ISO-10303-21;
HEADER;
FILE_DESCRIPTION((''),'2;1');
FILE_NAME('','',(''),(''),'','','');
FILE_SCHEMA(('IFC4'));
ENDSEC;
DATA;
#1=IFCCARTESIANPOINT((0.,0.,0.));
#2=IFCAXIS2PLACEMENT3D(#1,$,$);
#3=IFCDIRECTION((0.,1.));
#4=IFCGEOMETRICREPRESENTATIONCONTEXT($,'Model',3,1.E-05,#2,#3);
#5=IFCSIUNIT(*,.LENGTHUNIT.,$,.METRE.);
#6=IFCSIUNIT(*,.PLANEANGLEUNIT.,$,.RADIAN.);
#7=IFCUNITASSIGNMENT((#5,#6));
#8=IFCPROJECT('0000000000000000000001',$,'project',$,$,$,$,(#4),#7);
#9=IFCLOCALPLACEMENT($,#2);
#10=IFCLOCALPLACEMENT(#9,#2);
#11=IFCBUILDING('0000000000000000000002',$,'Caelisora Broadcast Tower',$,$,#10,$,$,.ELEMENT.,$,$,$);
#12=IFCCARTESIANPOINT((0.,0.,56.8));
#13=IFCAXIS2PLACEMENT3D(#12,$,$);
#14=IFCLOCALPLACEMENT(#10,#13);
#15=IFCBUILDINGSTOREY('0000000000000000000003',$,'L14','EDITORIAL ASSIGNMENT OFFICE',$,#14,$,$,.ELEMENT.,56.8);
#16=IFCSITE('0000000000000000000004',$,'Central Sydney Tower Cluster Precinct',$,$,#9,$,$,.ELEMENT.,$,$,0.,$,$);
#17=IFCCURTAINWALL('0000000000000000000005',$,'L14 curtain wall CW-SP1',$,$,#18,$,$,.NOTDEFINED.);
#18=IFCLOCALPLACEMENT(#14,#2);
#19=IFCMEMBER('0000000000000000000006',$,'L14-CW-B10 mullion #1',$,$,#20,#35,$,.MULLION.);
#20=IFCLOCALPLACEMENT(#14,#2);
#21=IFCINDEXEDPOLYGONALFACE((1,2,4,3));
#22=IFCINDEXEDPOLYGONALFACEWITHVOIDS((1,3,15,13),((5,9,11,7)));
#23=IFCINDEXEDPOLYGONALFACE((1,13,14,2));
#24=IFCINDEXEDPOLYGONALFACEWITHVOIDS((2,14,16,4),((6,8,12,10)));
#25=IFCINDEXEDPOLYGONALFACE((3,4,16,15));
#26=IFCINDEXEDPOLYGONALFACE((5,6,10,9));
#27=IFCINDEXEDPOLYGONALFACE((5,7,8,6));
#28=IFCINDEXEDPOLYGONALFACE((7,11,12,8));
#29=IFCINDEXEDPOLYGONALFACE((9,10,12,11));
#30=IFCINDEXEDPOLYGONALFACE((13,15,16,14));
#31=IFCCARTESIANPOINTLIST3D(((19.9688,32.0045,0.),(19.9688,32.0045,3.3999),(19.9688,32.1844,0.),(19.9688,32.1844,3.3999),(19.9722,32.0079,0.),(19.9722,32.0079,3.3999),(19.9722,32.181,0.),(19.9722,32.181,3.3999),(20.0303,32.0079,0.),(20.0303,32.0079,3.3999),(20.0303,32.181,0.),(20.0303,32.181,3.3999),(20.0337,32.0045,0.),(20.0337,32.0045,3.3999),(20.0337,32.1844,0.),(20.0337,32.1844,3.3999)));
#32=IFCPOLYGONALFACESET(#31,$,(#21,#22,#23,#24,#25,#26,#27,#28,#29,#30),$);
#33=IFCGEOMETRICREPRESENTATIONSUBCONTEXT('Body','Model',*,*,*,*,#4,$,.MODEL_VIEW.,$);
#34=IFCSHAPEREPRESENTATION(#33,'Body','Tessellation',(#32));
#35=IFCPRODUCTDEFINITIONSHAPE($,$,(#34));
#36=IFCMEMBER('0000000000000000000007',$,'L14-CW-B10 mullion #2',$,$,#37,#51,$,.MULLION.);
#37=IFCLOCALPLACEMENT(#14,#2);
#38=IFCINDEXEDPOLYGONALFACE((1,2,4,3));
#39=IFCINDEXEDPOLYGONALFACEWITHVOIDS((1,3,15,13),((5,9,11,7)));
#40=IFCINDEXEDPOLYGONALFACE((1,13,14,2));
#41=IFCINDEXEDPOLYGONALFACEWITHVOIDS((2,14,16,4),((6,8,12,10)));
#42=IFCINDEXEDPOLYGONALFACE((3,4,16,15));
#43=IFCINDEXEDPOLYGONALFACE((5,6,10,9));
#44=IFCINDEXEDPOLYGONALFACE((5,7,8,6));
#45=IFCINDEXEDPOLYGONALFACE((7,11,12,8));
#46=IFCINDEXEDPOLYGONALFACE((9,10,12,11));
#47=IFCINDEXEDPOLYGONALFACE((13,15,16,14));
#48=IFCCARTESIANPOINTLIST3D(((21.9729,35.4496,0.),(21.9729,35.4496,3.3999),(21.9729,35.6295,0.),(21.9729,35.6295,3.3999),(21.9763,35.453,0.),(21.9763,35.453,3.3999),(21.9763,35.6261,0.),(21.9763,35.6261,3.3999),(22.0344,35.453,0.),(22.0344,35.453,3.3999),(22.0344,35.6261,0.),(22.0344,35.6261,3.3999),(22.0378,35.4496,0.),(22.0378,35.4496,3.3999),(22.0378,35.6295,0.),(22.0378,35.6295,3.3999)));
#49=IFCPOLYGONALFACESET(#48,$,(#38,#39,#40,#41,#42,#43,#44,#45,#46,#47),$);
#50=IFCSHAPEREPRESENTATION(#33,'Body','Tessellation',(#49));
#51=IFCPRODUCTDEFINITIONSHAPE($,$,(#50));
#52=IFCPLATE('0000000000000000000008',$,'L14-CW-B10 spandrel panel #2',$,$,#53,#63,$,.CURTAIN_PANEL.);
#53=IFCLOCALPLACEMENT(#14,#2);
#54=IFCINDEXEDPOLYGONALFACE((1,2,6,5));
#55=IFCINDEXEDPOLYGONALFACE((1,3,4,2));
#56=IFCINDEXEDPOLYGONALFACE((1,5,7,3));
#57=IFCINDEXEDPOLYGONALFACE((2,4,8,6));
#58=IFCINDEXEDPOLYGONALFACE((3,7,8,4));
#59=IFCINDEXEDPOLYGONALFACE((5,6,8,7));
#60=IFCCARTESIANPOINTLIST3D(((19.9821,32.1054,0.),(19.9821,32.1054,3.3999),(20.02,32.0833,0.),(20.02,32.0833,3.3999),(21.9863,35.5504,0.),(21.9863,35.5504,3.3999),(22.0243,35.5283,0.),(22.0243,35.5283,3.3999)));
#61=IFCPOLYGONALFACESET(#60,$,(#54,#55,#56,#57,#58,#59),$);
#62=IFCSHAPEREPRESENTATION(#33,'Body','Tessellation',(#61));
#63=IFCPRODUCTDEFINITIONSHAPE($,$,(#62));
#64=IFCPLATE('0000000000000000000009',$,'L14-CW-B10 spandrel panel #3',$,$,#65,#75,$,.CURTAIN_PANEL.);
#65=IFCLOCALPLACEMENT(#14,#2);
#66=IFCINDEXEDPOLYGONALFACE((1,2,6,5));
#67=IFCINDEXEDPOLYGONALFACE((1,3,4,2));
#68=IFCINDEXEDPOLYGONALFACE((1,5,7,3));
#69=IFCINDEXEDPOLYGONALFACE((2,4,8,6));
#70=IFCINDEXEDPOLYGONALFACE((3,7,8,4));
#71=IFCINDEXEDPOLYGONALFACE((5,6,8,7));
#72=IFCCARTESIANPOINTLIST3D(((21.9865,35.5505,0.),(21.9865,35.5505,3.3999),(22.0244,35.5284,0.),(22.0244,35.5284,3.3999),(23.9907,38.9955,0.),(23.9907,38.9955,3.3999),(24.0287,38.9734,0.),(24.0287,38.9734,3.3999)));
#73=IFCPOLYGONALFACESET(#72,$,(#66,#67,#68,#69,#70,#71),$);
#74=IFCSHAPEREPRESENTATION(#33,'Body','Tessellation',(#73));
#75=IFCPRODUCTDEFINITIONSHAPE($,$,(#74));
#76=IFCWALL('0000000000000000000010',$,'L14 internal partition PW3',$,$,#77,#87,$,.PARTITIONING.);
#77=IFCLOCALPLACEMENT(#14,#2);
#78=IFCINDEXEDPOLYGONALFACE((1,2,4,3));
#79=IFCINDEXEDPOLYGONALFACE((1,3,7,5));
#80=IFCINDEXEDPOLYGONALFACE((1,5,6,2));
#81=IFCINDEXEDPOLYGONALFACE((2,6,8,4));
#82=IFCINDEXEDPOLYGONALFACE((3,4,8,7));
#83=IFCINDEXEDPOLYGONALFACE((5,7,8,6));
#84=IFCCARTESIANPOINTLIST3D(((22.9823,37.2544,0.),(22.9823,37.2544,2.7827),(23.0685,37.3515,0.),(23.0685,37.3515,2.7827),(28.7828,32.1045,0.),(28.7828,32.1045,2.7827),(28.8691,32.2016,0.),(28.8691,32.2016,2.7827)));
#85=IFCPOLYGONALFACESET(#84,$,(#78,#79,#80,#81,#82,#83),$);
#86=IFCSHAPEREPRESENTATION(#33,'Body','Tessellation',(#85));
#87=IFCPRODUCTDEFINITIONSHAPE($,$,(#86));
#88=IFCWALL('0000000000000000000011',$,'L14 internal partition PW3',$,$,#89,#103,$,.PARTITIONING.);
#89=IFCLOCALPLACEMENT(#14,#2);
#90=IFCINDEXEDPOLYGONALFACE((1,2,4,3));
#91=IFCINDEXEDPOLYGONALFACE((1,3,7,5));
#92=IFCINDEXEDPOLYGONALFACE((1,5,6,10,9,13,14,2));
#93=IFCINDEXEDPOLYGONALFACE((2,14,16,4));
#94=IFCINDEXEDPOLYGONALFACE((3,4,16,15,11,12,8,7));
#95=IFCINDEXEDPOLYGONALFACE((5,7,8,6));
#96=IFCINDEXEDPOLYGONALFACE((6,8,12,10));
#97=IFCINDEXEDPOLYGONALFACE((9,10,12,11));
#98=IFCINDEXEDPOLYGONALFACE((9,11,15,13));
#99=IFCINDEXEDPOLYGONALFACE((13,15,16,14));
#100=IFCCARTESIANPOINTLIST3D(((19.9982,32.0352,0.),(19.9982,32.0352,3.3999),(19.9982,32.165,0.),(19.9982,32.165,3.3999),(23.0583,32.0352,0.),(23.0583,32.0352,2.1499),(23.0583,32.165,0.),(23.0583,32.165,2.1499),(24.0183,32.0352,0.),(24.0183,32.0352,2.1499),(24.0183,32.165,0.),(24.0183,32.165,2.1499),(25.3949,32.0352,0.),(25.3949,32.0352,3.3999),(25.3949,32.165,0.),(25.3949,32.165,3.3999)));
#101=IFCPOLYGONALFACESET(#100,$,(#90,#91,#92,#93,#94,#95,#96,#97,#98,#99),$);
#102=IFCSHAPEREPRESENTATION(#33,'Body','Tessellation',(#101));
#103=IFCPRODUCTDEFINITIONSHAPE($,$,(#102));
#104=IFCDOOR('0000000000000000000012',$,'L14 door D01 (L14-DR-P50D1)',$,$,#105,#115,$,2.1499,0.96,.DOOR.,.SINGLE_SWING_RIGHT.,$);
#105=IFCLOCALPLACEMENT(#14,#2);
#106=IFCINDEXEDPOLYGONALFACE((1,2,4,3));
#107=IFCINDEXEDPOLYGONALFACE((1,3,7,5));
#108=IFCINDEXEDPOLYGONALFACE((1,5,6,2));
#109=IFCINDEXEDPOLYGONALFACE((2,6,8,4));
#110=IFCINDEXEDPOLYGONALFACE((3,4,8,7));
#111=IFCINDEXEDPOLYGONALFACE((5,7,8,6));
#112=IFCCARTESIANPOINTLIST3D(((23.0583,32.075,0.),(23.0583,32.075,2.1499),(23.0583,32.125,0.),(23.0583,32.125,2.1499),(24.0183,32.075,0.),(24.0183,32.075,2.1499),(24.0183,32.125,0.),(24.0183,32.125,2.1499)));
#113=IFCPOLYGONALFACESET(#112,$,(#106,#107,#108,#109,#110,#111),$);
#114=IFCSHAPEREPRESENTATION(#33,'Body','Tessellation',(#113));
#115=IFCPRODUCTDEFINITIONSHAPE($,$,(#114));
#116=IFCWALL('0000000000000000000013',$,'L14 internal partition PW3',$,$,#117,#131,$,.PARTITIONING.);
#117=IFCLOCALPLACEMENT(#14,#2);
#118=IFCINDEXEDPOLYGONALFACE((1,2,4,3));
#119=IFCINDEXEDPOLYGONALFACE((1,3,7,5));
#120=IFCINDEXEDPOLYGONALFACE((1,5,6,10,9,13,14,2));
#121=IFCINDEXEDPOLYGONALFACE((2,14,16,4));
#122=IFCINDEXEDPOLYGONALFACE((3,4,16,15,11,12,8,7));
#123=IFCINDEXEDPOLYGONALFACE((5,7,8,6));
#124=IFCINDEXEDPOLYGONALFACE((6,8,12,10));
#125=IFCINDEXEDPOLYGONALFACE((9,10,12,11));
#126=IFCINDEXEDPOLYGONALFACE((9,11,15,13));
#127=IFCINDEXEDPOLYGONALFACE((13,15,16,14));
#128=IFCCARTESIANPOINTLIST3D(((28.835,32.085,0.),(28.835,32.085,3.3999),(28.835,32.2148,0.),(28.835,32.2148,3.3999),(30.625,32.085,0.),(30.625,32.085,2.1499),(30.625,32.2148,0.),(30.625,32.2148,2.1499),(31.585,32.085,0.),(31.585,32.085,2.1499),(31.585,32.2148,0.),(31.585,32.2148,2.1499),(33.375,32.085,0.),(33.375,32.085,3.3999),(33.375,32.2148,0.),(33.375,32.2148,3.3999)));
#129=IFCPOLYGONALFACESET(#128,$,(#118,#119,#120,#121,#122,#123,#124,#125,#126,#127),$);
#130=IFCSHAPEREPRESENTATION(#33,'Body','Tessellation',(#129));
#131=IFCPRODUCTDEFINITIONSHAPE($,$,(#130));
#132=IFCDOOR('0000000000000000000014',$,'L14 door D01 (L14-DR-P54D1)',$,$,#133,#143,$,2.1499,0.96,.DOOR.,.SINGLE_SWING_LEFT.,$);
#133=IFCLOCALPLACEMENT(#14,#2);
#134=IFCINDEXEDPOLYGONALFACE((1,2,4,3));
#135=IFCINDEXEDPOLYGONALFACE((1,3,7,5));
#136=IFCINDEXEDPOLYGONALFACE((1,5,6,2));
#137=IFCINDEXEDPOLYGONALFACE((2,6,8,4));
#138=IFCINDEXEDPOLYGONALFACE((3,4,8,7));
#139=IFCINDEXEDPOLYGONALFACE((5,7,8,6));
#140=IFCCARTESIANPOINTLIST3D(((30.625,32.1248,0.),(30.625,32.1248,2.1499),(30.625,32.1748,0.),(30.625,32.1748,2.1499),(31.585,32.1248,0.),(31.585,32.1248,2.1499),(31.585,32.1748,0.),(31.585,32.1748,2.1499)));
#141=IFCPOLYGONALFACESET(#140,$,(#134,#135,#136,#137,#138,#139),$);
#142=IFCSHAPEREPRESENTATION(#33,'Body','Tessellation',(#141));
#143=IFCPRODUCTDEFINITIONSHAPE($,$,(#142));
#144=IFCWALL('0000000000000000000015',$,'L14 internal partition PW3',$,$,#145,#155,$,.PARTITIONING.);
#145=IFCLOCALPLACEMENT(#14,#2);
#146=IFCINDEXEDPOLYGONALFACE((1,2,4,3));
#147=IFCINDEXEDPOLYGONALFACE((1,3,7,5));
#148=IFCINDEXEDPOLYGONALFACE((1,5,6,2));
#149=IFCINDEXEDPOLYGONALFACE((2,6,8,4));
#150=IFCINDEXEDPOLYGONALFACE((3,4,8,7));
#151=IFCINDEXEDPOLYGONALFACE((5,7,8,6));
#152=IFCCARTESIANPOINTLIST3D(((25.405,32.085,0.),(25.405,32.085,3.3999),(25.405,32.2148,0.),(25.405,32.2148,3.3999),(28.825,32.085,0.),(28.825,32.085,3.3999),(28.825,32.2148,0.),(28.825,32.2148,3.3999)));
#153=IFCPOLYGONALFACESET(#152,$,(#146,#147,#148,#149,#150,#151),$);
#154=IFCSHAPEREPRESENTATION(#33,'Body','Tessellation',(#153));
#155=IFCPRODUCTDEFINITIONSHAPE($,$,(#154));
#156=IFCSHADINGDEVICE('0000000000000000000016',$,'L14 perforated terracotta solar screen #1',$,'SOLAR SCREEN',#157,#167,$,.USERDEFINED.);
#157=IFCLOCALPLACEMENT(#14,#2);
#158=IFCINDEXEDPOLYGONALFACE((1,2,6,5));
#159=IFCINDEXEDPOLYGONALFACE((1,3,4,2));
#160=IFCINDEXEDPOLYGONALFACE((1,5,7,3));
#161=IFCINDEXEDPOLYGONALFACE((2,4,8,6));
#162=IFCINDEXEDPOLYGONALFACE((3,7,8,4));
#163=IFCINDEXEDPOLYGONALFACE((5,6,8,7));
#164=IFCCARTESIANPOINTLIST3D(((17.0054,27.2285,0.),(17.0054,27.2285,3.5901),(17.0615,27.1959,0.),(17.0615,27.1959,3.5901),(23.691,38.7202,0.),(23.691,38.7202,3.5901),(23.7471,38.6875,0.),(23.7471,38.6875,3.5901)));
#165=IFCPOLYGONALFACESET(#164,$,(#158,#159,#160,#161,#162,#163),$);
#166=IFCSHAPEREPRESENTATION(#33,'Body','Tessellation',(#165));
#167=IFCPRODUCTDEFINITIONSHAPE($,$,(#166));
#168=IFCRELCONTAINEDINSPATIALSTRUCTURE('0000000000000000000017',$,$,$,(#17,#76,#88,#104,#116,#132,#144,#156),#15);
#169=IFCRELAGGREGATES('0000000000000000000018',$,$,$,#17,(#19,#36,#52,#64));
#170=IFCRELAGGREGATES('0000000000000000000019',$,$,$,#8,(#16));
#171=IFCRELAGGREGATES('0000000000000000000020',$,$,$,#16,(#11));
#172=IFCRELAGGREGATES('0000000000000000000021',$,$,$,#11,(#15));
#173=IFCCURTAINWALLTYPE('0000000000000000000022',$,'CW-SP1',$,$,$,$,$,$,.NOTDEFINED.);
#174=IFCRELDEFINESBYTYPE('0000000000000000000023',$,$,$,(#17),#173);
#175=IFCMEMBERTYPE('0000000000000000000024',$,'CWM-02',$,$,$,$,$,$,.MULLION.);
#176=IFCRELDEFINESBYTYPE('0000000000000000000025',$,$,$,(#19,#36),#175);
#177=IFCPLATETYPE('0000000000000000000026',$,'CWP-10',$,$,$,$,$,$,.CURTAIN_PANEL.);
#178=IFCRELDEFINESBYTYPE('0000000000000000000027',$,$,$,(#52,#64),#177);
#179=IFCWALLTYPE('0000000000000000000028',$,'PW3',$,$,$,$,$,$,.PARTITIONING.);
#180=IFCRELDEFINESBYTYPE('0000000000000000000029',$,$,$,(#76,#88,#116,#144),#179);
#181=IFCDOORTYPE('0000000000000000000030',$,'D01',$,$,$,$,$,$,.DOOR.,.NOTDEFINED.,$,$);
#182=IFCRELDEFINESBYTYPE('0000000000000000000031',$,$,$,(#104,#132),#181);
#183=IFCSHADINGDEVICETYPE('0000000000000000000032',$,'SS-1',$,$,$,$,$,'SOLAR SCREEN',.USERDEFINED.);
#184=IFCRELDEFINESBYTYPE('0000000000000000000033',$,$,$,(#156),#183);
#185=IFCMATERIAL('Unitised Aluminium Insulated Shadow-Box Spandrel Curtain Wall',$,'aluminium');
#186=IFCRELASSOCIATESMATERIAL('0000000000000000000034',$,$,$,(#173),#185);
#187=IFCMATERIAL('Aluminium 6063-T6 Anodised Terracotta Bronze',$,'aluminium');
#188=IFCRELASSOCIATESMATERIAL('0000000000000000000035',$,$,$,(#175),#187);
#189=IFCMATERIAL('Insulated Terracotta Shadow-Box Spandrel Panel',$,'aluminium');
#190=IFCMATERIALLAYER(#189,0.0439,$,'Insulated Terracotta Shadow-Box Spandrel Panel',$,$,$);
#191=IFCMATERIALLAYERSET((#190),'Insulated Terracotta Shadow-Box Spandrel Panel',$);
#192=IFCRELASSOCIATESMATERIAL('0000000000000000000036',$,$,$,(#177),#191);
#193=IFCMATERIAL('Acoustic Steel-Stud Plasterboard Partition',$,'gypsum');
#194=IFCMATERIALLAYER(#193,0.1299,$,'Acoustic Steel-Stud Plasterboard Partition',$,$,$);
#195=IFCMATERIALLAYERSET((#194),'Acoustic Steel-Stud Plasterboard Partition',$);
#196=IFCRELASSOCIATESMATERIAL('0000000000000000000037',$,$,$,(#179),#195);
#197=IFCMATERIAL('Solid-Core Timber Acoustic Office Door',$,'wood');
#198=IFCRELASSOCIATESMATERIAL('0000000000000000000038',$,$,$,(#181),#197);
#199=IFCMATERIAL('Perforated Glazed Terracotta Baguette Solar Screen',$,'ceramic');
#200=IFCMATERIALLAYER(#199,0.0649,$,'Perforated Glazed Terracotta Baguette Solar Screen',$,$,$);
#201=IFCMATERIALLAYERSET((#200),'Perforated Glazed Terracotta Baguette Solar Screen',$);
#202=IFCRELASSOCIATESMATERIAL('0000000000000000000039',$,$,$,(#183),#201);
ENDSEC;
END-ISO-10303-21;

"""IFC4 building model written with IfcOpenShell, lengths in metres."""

from ifc_helpers import new_model, si_unit, direction, frame, frame_2d, origin, origin_2d, place, context, subcontext, project, spatial, rectangle, hollow_rectangle, extrude, source, transform, mapped, material, layer, layer_set, material_profile, profile_set, type_object, type_shapes, element, fill, aggregate, save


model = new_model("IFC4")

# Units and contexts
model_context = context("Model", 3, precision=1e-05, world=origin(), true_north=direction((0.0, 1.0)))
body_context = subcontext(model_context, "Body", "Model", "MODEL_VIEW")
ifc_project = project(units=[si_unit("LENGTHUNIT", "METRE"), si_unit("PLANEANGLEUNIT", "RADIAN")], contexts=[model_context])

# Site, building, storey
site_placement = place(None, origin())
site = spatial("IfcSite", under=ifc_project, at=site_placement, Name="Central Sydney Tower Cluster Precinct", CompositionType="ELEMENT", RefElevation=0.0)
building_placement = place(site_placement, origin())
building = spatial("IfcBuilding", under=site, at=building_placement, Name="Caelisora Broadcast Tower", CompositionType="ELEMENT")
storey_placement = place(building_placement, frame((0.0, 0.0, 56.8)))
storey = spatial("IfcBuildingStorey", under=building, at=storey_placement, Name="L14", Description="EDITORIAL ASSIGNMENT OFFICE", CompositionType="ELEMENT", Elevation=56.8)

# Curtain wall, members, plates
ifc_material_1 = material(Name="Unitised Aluminium Insulated Shadow-Box Spandrel Curtain Wall", Category="aluminium")
curtain_wall_type = type_object("IfcCurtainWallType", Name="CW-SP1", PredefinedType="NOTDEFINED", material=ifc_material_1)
curtain_wall_placement = place(storey_placement, origin())
curtain_wall = element("IfcCurtainWall", 1, at=curtain_wall_placement, inside=storey, type_object=curtain_wall_type, Name="L14 curtain wall CW-SP1", PredefinedType="NOTDEFINED")
ifc_material_2 = material(Name="Aluminium 6063-T6 Anodised Terracotta Bronze", Category="aluminium")
ifc_material_profile_1 = material_profile(ifc_material_2, hollow_rectangle(XDim=0.0649, YDim=0.1799, WallThickness=0.0034, at=origin_2d()), Name="Aluminium 6063-T6 Anodised Terracotta Bronze")
ifc_profile_set_1 = profile_set([ifc_material_profile_1], Name="Aluminium 6063-T6 Anodised Terracotta Bronze")
member_type_1 = type_object("IfcMemberType", Name="CWM-02", PredefinedType="MULLION", material=ifc_profile_set_1)
shared_shape_1 = source(origin(), body_context, "Body", "SweptSolid", [
    extrude(hollow_rectangle(XDim=0.0649, YDim=0.1799, WallThickness=0.0034, at=origin_2d()), origin(), (0.0, 0.0, 1.0), 3.3999),
])
type_shapes(member_type_1, [shared_shape_1])
member_1_placement = place(storey_placement, frame((20.0012, 32.0945, 0.0), z_axis=(0.0, 0.0, 1.0), x_axis=(1.0, 0.0, 0.0)))
member_1 = element("IfcMember", 2, at=member_1_placement, type_object=member_type_1, Name="L14-CW-B10 mullion #1", PredefinedType="MULLION", context=body_context, shape_type="MappedRepresentation", body=[
    mapped(shared_shape_1, transform((0.0, 0.0, 0.0), scale=1.0)),
])
member_2_placement = place(storey_placement, frame((22.0054, 35.5396, 0.0), z_axis=(0.0, 0.0, 1.0), x_axis=(1.0, 0.0, 0.0)))
member_2 = element("IfcMember", 3, at=member_2_placement, type_object=member_type_1, Name="L14-CW-B10 mullion #2", PredefinedType="MULLION", context=body_context, shape_type="MappedRepresentation", body=[
    mapped(shared_shape_1, transform((0.0, 0.0, 0.0), scale=1.0)),
])
ifc_material_3 = material(Name="Insulated Terracotta Shadow-Box Spandrel Panel", Category="aluminium")
ifc_layer_1 = layer(ifc_material_3, 0.0439, Name="Insulated Terracotta Shadow-Box Spandrel Panel")
ifc_layer_set_1 = layer_set([ifc_layer_1], Name="Insulated Terracotta Shadow-Box Spandrel Panel")
plate_type = type_object("IfcPlateType", Name="CWP-10", PredefinedType="CURTAIN_PANEL", material=ifc_layer_set_1)
shared_shape_2 = source(origin(), body_context, "Body", "SweptSolid", [
    extrude(rectangle(XDim=3.9856, YDim=0.0439, at=origin_2d()), origin(), (0.0, 0.0, 1.0), 3.3999),
])
type_shapes(plate_type, [shared_shape_2])
plate_1_placement = place(storey_placement, frame((21.0032, 33.8169, 0.0), z_axis=(0.0, 0.0, 1.0), x_axis=(0.502869, 0.864363, 0.0)))
plate_1 = element("IfcPlate", 4, at=plate_1_placement, type_object=plate_type, Name="L14-CW-B10 spandrel panel #2", PredefinedType="CURTAIN_PANEL", context=body_context, shape_type="MappedRepresentation", body=[
    mapped(shared_shape_2, transform((0.0, 0.0, 0.0), scale=1.0)),
])
plate_2_placement = place(storey_placement, frame((23.0076, 37.262, 0.0), z_axis=(0.0, 0.0, 1.0), x_axis=(0.502869, 0.864363, 0.0)))
plate_2 = element("IfcPlate", 5, at=plate_2_placement, type_object=plate_type, Name="L14-CW-B10 spandrel panel #3", PredefinedType="CURTAIN_PANEL", context=body_context, shape_type="MappedRepresentation", body=[
    mapped(shared_shape_2, transform((0.0, 0.0, 0.0), scale=1.0)),
])
aggregate(curtain_wall, [member_1, member_2, plate_1, plate_2])

# Wall
ifc_material_4 = material(Name="Acoustic Steel-Stud Plasterboard Partition", Category="gypsum")
ifc_layer_2 = layer(ifc_material_4, 0.1299, Name="Acoustic Steel-Stud Plasterboard Partition")
ifc_layer_set_2 = layer_set([ifc_layer_2], Name="Acoustic Steel-Stud Plasterboard Partition")
wall_type = type_object("IfcWallType", Name="PW3", PredefinedType="PARTITIONING", material=ifc_layer_set_2)
wall_1_placement = place(storey_placement, frame((23.0254, 37.303, 0.0), z_axis=(0.0, 0.0, 1.0), x_axis=(0.747802, -0.663922, 0.0)))
element("IfcWall", 6, at=wall_1_placement, inside=storey, type_object=wall_type, Name="L14 internal partition PW3", PredefinedType="PARTITIONING", context=body_context, shape_type="SweptSolid", body=[
    extrude(rectangle(XDim=7.7568, YDim=0.1299, at=frame_2d((3.8784, 0.0))), origin(), (0.0, 0.0, 1.0), 2.7827),
])

# Walls, openings, doors
wall_2_placement = place(storey_placement, frame((19.9983, 32.1001, 0.0), z_axis=(0.0, 0.0, 1.0), x_axis=(1.0, 0.0, 0.0)))
wall_2 = element("IfcWall", 7, at=wall_2_placement, inside=storey, type_object=wall_type, Name="L14 internal partition PW3", PredefinedType="PARTITIONING", context=body_context, shape_type="SweptSolid", body=[
    extrude(rectangle(XDim=5.3967, YDim=0.1299, at=frame_2d((2.6982, 0.0))), origin(), (0.0, 0.0, 1.0), 3.3999),
])
opening_1_placement = place(wall_2_placement, frame((3.0601, 0.0, 0.0)))
opening_1 = element("IfcOpeningElement", 8, at=opening_1_placement, cuts=wall_2, PredefinedType="OPENING", context=body_context, shape_type="SweptSolid", body=[
    extrude(rectangle(XDim=0.96, YDim=2.1499, at=frame_2d((0.48, 1.075))), frame((0.0, 0.0769, 0.0), z_axis=(0.0, -1.0, 0.0), x_axis=(1.0, 0.0, 0.0)), (0.0, 0.0, 1.0), 0.1538),
])
ifc_material_5 = material(Name="Solid-Core Timber Acoustic Office Door", Category="wood")
door_type = type_object("IfcDoorType", Name="D01", OperationType="NOTDEFINED", PredefinedType="DOOR", material=ifc_material_5)
door_1_placement = place(opening_1_placement, origin())
door_1 = element("IfcDoor", 9, at=door_1_placement, inside=storey, type_object=door_type, Name="L14 door D01 (L14-DR-P50D1)", OperationType="SINGLE_SWING_RIGHT", OverallHeight=2.1499, OverallWidth=0.96, PredefinedType="DOOR", context=body_context, shape_type="SweptSolid", body=[
    extrude(rectangle(XDim=0.96, YDim=2.1499, at=frame_2d((0.48, 1.075))), frame((0.0, 0.0249, 0.0), z_axis=(0.0, -1.0, 0.0), x_axis=(1.0, 0.0, 0.0)), (0.0, 0.0, 1.0), 0.05),
])
fill(opening_1, door_1)
wall_3_placement = place(storey_placement, frame((28.835, 32.1499, 0.0), z_axis=(0.0, 0.0, 1.0), x_axis=(1.0, 0.0, 0.0)))
wall_3 = element("IfcWall", 10, at=wall_3_placement, inside=storey, type_object=wall_type, Name="L14 internal partition PW3", PredefinedType="PARTITIONING", context=body_context, shape_type="SweptSolid", body=[
    extrude(rectangle(XDim=4.54, YDim=0.1299, at=frame_2d((2.27, 0.0))), origin(), (0.0, 0.0, 1.0), 3.3999),
])
opening_2_placement = place(wall_3_placement, frame((1.79, 0.0, 0.0)))
opening_2 = element("IfcOpeningElement", 11, at=opening_2_placement, cuts=wall_3, PredefinedType="OPENING", context=body_context, shape_type="SweptSolid", body=[
    extrude(rectangle(XDim=0.96, YDim=2.1499, at=frame_2d((0.48, 1.075))), frame((0.0, 0.0769, 0.0), z_axis=(0.0, -1.0, 0.0), x_axis=(1.0, 0.0, 0.0)), (0.0, 0.0, 1.0), 0.1538),
])
door_2_placement = place(opening_2_placement, origin())
door_2 = element("IfcDoor", 12, at=door_2_placement, inside=storey, type_object=door_type, Name="L14 door D01 (L14-DR-P54D1)", OperationType="SINGLE_SWING_LEFT", OverallHeight=2.1499, OverallWidth=0.96, PredefinedType="DOOR", context=body_context, shape_type="SweptSolid", body=[
    extrude(rectangle(XDim=0.96, YDim=2.1499, at=frame_2d((0.48, 1.075))), frame((0.0, 0.0249, 0.0), z_axis=(0.0, -1.0, 0.0), x_axis=(1.0, 0.0, 0.0)), (0.0, 0.0, 1.0), 0.05),
])
fill(opening_2, door_2)

# Wall
wall_4_placement = place(storey_placement, frame((25.405, 32.1499, 0.0), z_axis=(0.0, 0.0, 1.0), x_axis=(1.0, 0.0, 0.0)))
element("IfcWall", 13, at=wall_4_placement, inside=storey, type_object=wall_type, Name="L14 internal partition PW3", PredefinedType="PARTITIONING", context=body_context, shape_type="SweptSolid", body=[
    extrude(rectangle(XDim=3.4199, YDim=0.1299, at=frame_2d((1.71, 0.0))), origin(), (0.0, 0.0, 1.0), 3.3999),
])

# Shading device
ifc_material_6 = material(Name="Perforated Glazed Terracotta Baguette Solar Screen", Category="ceramic")
ifc_layer_3 = layer(ifc_material_6, 0.0649, Name="Perforated Glazed Terracotta Baguette Solar Screen")
ifc_layer_set_3 = layer_set([ifc_layer_3], Name="Perforated Glazed Terracotta Baguette Solar Screen")
shading_device_type = type_object("IfcShadingDeviceType", Name="SS-1", ElementType="SOLAR SCREEN", PredefinedType="USERDEFINED", material=ifc_layer_set_3)
shared_shape_3 = source(origin(), body_context, "Body", "SweptSolid", [
    extrude(rectangle(XDim=13.2949, YDim=0.0649, at=origin_2d()), origin(), (0.0, 0.0, 1.0), 3.5901),
])
type_shapes(shading_device_type, [shared_shape_3])
shading_device_placement = place(storey_placement, frame((20.3762, 32.958, 0.0), z_axis=(0.0, 0.0, 1.0), x_axis=(-0.502869, -0.864363, 0.0)))
element("IfcShadingDevice", 14, at=shading_device_placement, inside=storey, type_object=shading_device_type, Name="L14 perforated terracotta solar screen #1", ObjectType="SOLAR SCREEN", PredefinedType="USERDEFINED", context=body_context, shape_type="MappedRepresentation", body=[
    mapped(shared_shape_3, transform((0.0, 0.0, 0.0), scale=1.0)),
])

save(model, "model.ifc")
